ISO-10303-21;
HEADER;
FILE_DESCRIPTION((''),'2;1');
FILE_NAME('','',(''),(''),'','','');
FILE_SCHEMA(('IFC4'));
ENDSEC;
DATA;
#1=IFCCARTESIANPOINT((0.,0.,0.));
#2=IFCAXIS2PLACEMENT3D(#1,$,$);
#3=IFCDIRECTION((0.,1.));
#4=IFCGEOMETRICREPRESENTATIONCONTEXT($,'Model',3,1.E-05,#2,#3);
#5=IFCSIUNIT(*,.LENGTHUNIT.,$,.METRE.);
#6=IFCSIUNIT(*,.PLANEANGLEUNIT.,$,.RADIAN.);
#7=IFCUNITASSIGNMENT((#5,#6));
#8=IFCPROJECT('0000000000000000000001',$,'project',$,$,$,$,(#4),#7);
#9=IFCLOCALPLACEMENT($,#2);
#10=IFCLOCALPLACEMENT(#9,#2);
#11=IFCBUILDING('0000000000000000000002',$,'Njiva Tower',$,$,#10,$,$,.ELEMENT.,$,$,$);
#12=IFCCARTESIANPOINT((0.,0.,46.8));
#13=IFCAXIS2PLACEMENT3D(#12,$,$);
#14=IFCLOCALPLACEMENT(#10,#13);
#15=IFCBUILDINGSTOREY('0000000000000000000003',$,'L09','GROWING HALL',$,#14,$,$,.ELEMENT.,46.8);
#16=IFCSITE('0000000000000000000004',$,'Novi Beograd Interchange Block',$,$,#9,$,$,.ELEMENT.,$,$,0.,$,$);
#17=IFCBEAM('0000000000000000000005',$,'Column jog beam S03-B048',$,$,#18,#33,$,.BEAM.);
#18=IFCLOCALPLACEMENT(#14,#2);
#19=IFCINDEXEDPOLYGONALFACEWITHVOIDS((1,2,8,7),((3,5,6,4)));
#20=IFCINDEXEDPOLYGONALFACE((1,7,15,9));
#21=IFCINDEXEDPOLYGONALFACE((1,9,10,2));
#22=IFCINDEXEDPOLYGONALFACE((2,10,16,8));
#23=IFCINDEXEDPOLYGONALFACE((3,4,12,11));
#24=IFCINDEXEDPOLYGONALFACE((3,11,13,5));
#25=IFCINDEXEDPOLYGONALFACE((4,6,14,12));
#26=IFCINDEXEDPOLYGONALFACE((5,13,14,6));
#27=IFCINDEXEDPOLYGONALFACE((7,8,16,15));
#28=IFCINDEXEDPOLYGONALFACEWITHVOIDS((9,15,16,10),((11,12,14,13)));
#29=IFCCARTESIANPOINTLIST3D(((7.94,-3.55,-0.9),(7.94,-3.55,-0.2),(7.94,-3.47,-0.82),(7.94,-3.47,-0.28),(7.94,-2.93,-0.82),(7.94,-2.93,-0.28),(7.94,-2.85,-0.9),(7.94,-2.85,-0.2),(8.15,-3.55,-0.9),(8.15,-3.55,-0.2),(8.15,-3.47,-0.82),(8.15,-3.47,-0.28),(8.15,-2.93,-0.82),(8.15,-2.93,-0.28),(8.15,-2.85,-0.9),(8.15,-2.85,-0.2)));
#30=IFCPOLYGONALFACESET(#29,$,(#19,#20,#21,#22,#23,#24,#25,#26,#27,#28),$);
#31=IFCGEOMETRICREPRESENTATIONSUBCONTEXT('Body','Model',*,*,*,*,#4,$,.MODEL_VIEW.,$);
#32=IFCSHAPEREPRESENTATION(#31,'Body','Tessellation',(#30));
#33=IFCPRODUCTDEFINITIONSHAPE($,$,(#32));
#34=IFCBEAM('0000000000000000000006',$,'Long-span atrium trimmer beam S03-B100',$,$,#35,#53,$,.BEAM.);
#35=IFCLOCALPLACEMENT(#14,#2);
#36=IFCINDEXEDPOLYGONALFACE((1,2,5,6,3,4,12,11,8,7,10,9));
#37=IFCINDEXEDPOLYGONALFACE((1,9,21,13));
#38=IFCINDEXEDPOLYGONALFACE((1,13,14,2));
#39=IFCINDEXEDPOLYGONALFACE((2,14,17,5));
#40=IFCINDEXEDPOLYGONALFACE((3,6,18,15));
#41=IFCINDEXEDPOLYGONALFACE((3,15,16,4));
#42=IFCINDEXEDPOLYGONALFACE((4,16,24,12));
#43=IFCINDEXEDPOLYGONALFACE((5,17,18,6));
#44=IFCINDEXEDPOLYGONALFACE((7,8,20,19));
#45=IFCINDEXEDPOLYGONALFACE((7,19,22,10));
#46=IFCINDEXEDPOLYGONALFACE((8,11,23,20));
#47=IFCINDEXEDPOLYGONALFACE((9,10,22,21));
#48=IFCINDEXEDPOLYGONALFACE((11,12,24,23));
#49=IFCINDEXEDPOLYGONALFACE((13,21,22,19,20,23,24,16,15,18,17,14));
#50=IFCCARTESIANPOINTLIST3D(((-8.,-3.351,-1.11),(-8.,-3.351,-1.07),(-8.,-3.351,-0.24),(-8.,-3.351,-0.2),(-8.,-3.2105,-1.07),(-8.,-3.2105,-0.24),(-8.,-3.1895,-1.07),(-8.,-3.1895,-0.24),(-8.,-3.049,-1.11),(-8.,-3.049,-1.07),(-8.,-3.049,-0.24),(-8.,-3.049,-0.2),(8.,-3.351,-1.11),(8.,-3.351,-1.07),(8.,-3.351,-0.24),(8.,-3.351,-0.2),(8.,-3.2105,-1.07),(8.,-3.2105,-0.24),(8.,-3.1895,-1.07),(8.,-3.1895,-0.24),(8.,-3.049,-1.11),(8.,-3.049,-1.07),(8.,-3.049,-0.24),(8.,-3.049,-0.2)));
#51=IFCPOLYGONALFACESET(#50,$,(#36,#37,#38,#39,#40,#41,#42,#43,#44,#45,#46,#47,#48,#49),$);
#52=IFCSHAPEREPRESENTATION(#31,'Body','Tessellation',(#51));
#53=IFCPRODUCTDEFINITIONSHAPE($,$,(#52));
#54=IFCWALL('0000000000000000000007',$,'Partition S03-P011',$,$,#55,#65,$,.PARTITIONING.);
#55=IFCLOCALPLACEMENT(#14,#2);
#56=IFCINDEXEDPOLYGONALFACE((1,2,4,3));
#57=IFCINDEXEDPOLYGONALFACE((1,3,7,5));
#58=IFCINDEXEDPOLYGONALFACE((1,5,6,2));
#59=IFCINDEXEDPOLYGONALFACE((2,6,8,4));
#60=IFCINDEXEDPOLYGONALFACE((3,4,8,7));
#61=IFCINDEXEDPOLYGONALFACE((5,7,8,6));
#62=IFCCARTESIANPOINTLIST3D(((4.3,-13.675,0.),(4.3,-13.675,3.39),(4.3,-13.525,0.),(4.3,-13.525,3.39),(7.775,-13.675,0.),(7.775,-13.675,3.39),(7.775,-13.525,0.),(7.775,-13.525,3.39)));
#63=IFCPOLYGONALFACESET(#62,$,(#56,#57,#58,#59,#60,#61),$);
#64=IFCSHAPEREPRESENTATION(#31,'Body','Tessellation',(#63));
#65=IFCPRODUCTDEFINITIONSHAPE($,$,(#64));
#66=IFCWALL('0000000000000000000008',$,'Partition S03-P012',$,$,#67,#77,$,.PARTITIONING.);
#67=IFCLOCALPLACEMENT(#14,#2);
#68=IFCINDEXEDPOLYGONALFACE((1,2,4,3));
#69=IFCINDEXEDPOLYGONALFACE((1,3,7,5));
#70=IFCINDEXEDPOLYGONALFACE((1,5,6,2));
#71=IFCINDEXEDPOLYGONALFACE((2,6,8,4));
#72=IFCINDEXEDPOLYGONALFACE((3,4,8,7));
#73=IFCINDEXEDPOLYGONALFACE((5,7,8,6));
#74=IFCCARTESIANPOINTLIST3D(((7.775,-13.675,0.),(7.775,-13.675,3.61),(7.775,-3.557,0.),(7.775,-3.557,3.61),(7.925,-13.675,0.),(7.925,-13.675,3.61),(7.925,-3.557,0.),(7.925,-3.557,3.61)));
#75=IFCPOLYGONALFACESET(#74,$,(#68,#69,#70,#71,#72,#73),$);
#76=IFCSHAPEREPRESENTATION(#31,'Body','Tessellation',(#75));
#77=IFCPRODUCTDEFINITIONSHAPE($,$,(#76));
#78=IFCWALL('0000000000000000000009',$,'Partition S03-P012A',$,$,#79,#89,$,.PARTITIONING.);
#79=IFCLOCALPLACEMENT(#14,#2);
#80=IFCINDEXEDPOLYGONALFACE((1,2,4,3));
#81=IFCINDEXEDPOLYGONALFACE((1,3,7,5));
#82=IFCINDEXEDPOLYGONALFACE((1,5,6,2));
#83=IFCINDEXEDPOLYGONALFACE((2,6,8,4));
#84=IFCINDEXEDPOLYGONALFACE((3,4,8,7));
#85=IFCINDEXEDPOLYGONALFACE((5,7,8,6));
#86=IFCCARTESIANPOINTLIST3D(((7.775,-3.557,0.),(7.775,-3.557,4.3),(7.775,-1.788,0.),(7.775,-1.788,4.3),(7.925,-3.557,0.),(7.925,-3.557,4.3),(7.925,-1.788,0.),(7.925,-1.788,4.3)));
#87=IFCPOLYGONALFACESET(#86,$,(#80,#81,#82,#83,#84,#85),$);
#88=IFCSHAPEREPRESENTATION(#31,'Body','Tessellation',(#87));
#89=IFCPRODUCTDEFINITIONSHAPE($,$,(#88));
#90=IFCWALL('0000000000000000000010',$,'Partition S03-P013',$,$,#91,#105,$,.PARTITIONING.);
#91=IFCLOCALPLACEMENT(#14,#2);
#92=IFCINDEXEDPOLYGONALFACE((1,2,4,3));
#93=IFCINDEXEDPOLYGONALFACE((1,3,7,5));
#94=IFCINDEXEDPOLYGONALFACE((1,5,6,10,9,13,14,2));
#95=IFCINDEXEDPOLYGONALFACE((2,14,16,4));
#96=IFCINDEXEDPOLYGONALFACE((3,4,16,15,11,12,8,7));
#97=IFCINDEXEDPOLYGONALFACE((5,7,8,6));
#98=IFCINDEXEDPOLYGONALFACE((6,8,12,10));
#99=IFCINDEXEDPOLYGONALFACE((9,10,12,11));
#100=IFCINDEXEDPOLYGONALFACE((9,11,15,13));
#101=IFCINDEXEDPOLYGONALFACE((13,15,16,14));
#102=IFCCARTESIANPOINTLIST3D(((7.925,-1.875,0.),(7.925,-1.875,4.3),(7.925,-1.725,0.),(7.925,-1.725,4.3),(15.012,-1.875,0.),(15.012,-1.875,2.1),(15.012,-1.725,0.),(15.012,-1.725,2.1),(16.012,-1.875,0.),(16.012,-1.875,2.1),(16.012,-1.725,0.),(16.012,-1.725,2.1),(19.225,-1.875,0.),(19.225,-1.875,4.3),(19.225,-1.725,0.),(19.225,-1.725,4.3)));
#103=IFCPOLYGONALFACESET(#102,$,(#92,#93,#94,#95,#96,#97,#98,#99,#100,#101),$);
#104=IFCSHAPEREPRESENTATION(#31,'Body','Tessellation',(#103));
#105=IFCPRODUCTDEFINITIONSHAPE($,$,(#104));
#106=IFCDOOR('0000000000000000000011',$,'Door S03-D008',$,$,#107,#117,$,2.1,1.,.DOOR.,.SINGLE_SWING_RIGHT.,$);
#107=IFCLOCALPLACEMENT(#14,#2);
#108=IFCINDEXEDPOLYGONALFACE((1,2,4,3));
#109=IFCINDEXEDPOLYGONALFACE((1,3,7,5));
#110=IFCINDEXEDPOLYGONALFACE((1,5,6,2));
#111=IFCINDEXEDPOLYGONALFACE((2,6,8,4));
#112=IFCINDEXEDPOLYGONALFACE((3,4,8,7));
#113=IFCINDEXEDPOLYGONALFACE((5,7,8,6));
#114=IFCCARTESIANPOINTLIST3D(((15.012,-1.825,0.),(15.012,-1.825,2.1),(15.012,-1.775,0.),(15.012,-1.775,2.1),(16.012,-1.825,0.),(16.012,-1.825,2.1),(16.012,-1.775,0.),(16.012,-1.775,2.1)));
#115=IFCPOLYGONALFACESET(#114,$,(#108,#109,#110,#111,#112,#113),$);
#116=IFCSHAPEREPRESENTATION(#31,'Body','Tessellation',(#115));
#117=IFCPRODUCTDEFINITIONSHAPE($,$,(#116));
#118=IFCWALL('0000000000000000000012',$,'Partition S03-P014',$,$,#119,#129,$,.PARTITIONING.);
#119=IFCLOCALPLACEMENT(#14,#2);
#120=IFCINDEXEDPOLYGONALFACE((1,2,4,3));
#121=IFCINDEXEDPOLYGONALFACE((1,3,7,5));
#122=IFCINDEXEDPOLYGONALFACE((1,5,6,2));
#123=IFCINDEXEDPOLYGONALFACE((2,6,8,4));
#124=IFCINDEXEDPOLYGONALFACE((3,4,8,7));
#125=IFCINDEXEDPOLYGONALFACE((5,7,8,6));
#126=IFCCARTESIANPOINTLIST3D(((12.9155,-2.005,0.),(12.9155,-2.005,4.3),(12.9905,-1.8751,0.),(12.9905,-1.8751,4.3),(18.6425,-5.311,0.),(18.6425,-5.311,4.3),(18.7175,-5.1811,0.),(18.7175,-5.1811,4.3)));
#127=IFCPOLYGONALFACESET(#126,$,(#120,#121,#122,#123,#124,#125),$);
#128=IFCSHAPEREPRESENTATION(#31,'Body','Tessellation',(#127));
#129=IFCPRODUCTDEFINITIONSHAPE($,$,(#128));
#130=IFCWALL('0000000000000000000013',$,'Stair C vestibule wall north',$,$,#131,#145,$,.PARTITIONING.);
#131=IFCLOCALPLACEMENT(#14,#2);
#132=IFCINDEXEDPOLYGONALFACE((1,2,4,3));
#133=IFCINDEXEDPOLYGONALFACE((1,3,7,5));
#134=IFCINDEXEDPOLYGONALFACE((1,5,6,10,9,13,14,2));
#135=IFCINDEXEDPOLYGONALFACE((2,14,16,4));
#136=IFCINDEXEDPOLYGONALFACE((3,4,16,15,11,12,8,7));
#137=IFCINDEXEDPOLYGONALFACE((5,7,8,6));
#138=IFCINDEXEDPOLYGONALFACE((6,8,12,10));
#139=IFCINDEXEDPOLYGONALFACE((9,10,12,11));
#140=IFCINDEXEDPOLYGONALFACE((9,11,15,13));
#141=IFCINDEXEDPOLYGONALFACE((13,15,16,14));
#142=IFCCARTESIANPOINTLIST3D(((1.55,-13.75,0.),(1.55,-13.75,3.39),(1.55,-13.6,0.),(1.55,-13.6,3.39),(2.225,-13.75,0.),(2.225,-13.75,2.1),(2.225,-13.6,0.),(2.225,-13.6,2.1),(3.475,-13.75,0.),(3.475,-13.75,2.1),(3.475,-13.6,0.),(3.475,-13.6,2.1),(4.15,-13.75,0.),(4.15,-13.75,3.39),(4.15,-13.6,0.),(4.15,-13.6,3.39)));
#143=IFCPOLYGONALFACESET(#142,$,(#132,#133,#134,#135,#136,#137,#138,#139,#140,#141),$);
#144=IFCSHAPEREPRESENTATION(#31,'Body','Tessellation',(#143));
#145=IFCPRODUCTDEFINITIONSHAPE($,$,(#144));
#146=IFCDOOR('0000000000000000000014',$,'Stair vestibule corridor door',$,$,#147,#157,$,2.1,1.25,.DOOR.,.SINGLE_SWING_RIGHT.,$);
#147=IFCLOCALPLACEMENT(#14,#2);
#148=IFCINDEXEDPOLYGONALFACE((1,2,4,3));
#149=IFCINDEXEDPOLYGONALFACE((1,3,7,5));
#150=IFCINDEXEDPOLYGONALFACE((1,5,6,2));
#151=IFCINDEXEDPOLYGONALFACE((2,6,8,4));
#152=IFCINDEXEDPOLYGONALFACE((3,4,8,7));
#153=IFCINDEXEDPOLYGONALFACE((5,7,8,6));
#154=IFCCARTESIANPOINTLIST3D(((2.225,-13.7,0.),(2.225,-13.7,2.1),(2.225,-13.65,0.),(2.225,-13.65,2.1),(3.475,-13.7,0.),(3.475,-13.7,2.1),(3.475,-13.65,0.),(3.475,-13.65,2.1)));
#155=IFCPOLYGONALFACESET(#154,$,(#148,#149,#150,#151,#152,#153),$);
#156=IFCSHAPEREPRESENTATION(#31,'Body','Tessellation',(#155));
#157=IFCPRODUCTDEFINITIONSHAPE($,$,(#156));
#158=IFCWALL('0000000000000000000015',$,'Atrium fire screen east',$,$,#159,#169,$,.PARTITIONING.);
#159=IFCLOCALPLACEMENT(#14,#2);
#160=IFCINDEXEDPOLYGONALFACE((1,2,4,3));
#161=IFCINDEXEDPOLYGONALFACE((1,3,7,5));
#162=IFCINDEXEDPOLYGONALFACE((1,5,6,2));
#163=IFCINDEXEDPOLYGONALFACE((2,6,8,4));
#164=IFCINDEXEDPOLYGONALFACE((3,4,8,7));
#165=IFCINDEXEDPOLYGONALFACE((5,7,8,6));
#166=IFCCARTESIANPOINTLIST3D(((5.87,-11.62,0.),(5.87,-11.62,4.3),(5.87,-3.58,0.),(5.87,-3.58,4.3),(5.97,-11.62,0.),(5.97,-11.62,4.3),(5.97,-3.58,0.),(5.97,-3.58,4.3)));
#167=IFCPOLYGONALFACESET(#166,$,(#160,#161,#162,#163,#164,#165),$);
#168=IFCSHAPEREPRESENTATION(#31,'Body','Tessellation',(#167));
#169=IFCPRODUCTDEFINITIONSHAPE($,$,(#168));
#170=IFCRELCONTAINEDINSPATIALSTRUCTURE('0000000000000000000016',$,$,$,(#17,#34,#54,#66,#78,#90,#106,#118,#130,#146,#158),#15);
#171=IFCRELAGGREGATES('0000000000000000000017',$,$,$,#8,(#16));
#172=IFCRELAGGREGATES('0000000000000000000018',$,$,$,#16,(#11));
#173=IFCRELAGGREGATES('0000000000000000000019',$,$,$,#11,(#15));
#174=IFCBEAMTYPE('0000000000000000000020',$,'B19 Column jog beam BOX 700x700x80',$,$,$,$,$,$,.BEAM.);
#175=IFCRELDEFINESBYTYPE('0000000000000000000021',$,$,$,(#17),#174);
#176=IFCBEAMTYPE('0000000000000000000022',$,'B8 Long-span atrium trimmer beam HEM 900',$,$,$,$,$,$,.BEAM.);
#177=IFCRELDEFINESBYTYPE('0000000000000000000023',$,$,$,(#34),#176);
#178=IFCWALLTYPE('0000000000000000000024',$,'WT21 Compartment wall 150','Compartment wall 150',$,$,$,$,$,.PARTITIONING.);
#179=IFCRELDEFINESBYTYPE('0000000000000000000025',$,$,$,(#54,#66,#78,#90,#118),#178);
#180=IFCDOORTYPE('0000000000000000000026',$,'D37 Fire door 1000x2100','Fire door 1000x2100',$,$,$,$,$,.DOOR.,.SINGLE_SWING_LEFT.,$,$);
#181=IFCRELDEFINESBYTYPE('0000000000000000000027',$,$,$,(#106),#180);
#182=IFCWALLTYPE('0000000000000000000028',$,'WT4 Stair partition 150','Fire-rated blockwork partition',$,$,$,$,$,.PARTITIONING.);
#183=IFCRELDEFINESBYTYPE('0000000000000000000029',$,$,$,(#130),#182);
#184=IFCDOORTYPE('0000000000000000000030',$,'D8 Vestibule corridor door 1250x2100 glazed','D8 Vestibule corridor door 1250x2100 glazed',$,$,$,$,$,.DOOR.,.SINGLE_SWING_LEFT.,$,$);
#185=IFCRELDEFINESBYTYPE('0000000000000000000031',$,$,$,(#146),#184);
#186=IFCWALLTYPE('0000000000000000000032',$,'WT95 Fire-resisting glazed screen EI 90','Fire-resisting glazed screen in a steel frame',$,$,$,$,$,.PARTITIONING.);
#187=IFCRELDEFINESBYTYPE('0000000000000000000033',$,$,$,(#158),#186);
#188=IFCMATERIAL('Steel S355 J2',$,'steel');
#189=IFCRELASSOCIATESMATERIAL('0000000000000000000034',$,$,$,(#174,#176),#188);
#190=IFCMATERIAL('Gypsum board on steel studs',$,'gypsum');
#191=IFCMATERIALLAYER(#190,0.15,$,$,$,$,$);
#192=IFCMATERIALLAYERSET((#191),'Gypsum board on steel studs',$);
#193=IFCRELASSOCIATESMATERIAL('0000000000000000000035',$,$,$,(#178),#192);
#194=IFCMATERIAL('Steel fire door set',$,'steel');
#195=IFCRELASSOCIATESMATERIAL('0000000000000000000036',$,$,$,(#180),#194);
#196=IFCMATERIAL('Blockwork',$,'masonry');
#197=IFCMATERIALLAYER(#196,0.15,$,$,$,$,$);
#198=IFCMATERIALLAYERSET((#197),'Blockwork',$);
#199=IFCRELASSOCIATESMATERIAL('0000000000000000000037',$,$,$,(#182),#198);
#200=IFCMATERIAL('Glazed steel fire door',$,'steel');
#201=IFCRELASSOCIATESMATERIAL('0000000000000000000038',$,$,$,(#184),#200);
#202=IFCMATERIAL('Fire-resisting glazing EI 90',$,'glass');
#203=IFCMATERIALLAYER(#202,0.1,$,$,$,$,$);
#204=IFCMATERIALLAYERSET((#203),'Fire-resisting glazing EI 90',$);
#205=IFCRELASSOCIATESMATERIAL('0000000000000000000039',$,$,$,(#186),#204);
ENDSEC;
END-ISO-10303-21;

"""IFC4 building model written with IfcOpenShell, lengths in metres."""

from ifc_helpers import new_model, si_unit, direction, frame, frame_2d, origin, origin_2d, place, context, subcontext, project, spatial, rectangle, hollow_rectangle, i_section, extrude, material, layer, layer_set, material_profile, profile_set, type_object, element, fill, save


model = new_model("IFC4")

# Units and contexts
model_context = context("Model", 3, precision=1e-05, world=origin(), true_north=direction((0.0, 1.0)))
body_context = subcontext(model_context, "Body", "Model", "MODEL_VIEW")
ifc_project = project(units=[si_unit("LENGTHUNIT", "METRE"), si_unit("PLANEANGLEUNIT", "RADIAN")], contexts=[model_context])

# Site, building, storey
site_placement = place(None, origin())
site = spatial("IfcSite", under=ifc_project, at=site_placement, Name="Novi Beograd Interchange Block", CompositionType="ELEMENT", RefElevation=0.0)
building_placement = place(site_placement, origin())
building = spatial("IfcBuilding", under=site, at=building_placement, Name="Njiva Tower", CompositionType="ELEMENT")
storey_placement = place(building_placement, frame((0.0, 0.0, 46.8)))
storey = spatial("IfcBuildingStorey", under=building, at=storey_placement, Name="L09", Description="GROWING HALL", CompositionType="ELEMENT", Elevation=46.8)

# Shared definitions
ifc_material_1 = material(Name="Steel S355 J2", Category="steel")

# Beams
ifc_material_profile_1 = material_profile(ifc_material_1, hollow_rectangle(XDim=0.7, YDim=0.7, WallThickness=0.08, at=origin_2d()), Name="BOX 700x700x80")
ifc_profile_set_1 = profile_set([ifc_material_profile_1], Name="Steel S355 J2")
beam_type_1 = type_object("IfcBeamType", Name="B19 Column jog beam BOX 700x700x80", PredefinedType="BEAM", material=ifc_profile_set_1)
beam_1_placement = place(storey_placement, frame((8.15, -3.2, -0.55), z_axis=(-1.0, 0.0, 0.0), x_axis=(0.0, -1.0, 0.0)))
element("IfcBeam", 1, at=beam_1_placement, inside=storey, type_object=beam_type_1, Name="Column jog beam S03-B048", PredefinedType="BEAM", context=body_context, shape_type="SweptSolid", body=[
    extrude(hollow_rectangle(XDim=0.7, YDim=0.7, WallThickness=0.08, at=origin_2d()), origin(), (0.0, 0.0, 1.0), 0.21),
])
ifc_material_profile_2 = material_profile(ifc_material_1, i_section(OverallWidth=0.302, OverallDepth=0.91, WebThickness=0.021, FlangeThickness=0.04, at=origin_2d()), Name="HEM 900")
ifc_profile_set_2 = profile_set([ifc_material_profile_2], Name="Steel S355 J2")
beam_type_2 = type_object("IfcBeamType", Name="B8 Long-span atrium trimmer beam HEM 900", PredefinedType="BEAM", material=ifc_profile_set_2)
beam_2_placement = place(storey_placement, frame((8.0, -3.2, -0.655), z_axis=(-1.0, 0.0, 0.0), x_axis=(0.0, -1.0, 0.0)))
element("IfcBeam", 2, at=beam_2_placement, inside=storey, type_object=beam_type_2, Name="Long-span atrium trimmer beam S03-B100", PredefinedType="BEAM", context=body_context, shape_type="SweptSolid", body=[
    extrude(i_section(OverallWidth=0.302, OverallDepth=0.91, WebThickness=0.021, FlangeThickness=0.04, at=origin_2d()), origin(), (0.0, 0.0, 1.0), 16.0),
])

# Walls
ifc_material_2 = material(Name="Gypsum board on steel studs", Category="gypsum")
ifc_layer_1 = layer(ifc_material_2, 0.15)
ifc_layer_set_1 = layer_set([ifc_layer_1], Name="Gypsum board on steel studs")
wall_type_1 = type_object("IfcWallType", Name="WT21 Compartment wall 150", Description="Compartment wall 150", PredefinedType="PARTITIONING", material=ifc_layer_set_1)
wall_1_placement = place(storey_placement, frame((4.3, -13.6, 0.0), z_axis=(0.0, 0.0, 1.0), x_axis=(1.0, 0.0, 0.0)))
element("IfcWall", 3, at=wall_1_placement, inside=storey, type_object=wall_type_1, Name="Partition S03-P011", PredefinedType="PARTITIONING", context=body_context, shape_type="SweptSolid", body=[
    extrude(rectangle(XDim=3.475, YDim=0.15, at=frame_2d((1.7375, 0.0))), origin(), (0.0, 0.0, 1.0), 3.39),
])
wall_2_placement = place(storey_placement, frame((7.85, -13.675, 0.0), z_axis=(0.0, 0.0, 1.0), x_axis=(0.0, 1.0, 0.0)))
element("IfcWall", 4, at=wall_2_placement, inside=storey, type_object=wall_type_1, Name="Partition S03-P012", PredefinedType="PARTITIONING", context=body_context, shape_type="SweptSolid", body=[
    extrude(rectangle(XDim=10.118, YDim=0.15, at=frame_2d((5.059, 0.0))), origin(), (0.0, 0.0, 1.0), 3.61),
])
wall_3_placement = place(storey_placement, frame((7.85, -3.557, 0.0), z_axis=(0.0, 0.0, 1.0), x_axis=(0.0, 1.0, 0.0)))
element("IfcWall", 5, at=wall_3_placement, inside=storey, type_object=wall_type_1, Name="Partition S03-P012A", PredefinedType="PARTITIONING", context=body_context, shape_type="SweptSolid", body=[
    extrude(rectangle(XDim=1.769, YDim=0.15, at=frame_2d((0.8845, 0.0))), origin(), (0.0, 0.0, 1.0), 4.3),
])

# Wall, opening, door
wall_4_placement = place(storey_placement, frame((7.925, -1.8, 0.0), z_axis=(0.0, 0.0, 1.0), x_axis=(1.0, 0.0, 0.0)))
wall_4 = element("IfcWall", 6, at=wall_4_placement, inside=storey, type_object=wall_type_1, Name="Partition S03-P013", PredefinedType="PARTITIONING", context=body_context, shape_type="SweptSolid", body=[
    extrude(rectangle(XDim=11.3, YDim=0.15, at=frame_2d((5.65, 0.0))), origin(), (0.0, 0.0, 1.0), 4.3),
])
opening_1_placement = place(wall_4_placement, frame((7.087, 0.0, 0.0)))
opening_1 = element("IfcOpeningElement", 7, at=opening_1_placement, cuts=wall_4, PredefinedType="OPENING", context=body_context, shape_type="SweptSolid", body=[
    extrude(rectangle(XDim=1.0, YDim=2.1, at=frame_2d((0.5, 1.05))), frame((0.0, 0.085, 0.0), z_axis=(0.0, -1.0, 0.0), x_axis=(1.0, 0.0, 0.0)), (0.0, 0.0, 1.0), 0.17),
])
ifc_material_3 = material(Name="Steel fire door set", Category="steel")
door_type_1 = type_object("IfcDoorType", Name="D37 Fire door 1000x2100", Description="Fire door 1000x2100", OperationType="SINGLE_SWING_LEFT", PredefinedType="DOOR", material=ifc_material_3)
door_1_placement = place(opening_1_placement, origin())
door_1 = element("IfcDoor", 8, at=door_1_placement, inside=storey, type_object=door_type_1, Name="Door S03-D008", OperationType="SINGLE_SWING_RIGHT", OverallHeight=2.1, OverallWidth=1.0, PredefinedType="DOOR", context=body_context, shape_type="SweptSolid", body=[
    extrude(rectangle(XDim=1.0, YDim=2.1, at=frame_2d((0.5, 1.05))), frame((0.0, 0.025, 0.0), z_axis=(0.0, -1.0, 0.0), x_axis=(1.0, 0.0, 0.0)), (0.0, 0.0, 1.0), 0.05),
])
fill(opening_1, door_1)

# Wall
wall_5_placement = place(storey_placement, frame((12.953, -1.94, 0.0), z_axis=(0.0, 0.0, 1.0), x_axis=(0.866057, -0.499945, 0.0)))
element("IfcWall", 9, at=wall_5_placement, inside=storey, type_object=wall_type_1, Name="Partition S03-P014", PredefinedType="PARTITIONING", context=body_context, shape_type="SweptSolid", body=[
    extrude(rectangle(XDim=6.6127, YDim=0.15, at=frame_2d((3.3064, 0.0))), origin(), (0.0, 0.0, 1.0), 4.3),
])

# Wall, opening, door
ifc_material_4 = material(Name="Blockwork", Category="masonry")
ifc_layer_2 = layer(ifc_material_4, 0.15)
ifc_layer_set_2 = layer_set([ifc_layer_2], Name="Blockwork")
wall_type_2 = type_object("IfcWallType", Name="WT4 Stair partition 150", Description="Fire-rated blockwork partition", PredefinedType="PARTITIONING", material=ifc_layer_set_2)
wall_6_placement = place(storey_placement, frame((1.55, -13.675, 0.0), z_axis=(0.0, 0.0, 1.0), x_axis=(1.0, 0.0, 0.0)))
wall_6 = element("IfcWall", 10, at=wall_6_placement, inside=storey, type_object=wall_type_2, Name="Stair C vestibule wall north", PredefinedType="PARTITIONING", context=body_context, shape_type="SweptSolid", body=[
    extrude(rectangle(XDim=2.6, YDim=0.15, at=frame_2d((1.3, 0.0))), origin(), (0.0, 0.0, 1.0), 3.39),
])
opening_2_placement = place(wall_6_placement, frame((0.675, 0.0, 0.0)))
opening_2 = element("IfcOpeningElement", 11, at=opening_2_placement, cuts=wall_6, PredefinedType="OPENING", context=body_context, shape_type="SweptSolid", body=[
    extrude(rectangle(XDim=1.25, YDim=2.1, at=frame_2d((0.625, 1.05))), frame((0.0, 0.085, 0.0), z_axis=(0.0, -1.0, 0.0), x_axis=(1.0, 0.0, 0.0)), (0.0, 0.0, 1.0), 0.17),
])
ifc_material_5 = material(Name="Glazed steel fire door", Category="steel")
door_type_2 = type_object("IfcDoorType", Name="D8 Vestibule corridor door 1250x2100 glazed", Description="D8 Vestibule corridor door 1250x2100 glazed", OperationType="SINGLE_SWING_LEFT", PredefinedType="DOOR", material=ifc_material_5)
door_2_placement = place(opening_2_placement, origin())
door_2 = element("IfcDoor", 12, at=door_2_placement, inside=storey, type_object=door_type_2, Name="Stair vestibule corridor door", OperationType="SINGLE_SWING_RIGHT", OverallHeight=2.1, OverallWidth=1.25, PredefinedType="DOOR", context=body_context, shape_type="SweptSolid", body=[
    extrude(rectangle(XDim=1.25, YDim=2.1, at=frame_2d((0.625, 1.05))), frame((0.0, 0.025, 0.0), z_axis=(0.0, -1.0, 0.0), x_axis=(1.0, 0.0, 0.0)), (0.0, 0.0, 1.0), 0.05),
])
fill(opening_2, door_2)

# Wall
ifc_material_6 = material(Name="Fire-resisting glazing EI 90", Category="glass")
ifc_layer_3 = layer(ifc_material_6, 0.1)
ifc_layer_set_3 = layer_set([ifc_layer_3], Name="Fire-resisting glazing EI 90")
wall_type_3 = type_object("IfcWallType", Name="WT95 Fire-resisting glazed screen EI 90", Description="Fire-resisting glazed screen in a steel frame", PredefinedType="PARTITIONING", material=ifc_layer_set_3)
wall_7_placement = place(storey_placement, frame((5.92, -11.62, 0.0), z_axis=(0.0, 0.0, 1.0), x_axis=(0.0, 1.0, 0.0)))
element("IfcWall", 13, at=wall_7_placement, inside=storey, type_object=wall_type_3, Name="Atrium fire screen east", PredefinedType="PARTITIONING", context=body_context, shape_type="SweptSolid", body=[
    extrude(rectangle(XDim=8.04, YDim=0.1, at=frame_2d((4.02, 0.0))), origin(), (0.0, 0.0, 1.0), 4.3),
])

save(model, "model.ifc")
